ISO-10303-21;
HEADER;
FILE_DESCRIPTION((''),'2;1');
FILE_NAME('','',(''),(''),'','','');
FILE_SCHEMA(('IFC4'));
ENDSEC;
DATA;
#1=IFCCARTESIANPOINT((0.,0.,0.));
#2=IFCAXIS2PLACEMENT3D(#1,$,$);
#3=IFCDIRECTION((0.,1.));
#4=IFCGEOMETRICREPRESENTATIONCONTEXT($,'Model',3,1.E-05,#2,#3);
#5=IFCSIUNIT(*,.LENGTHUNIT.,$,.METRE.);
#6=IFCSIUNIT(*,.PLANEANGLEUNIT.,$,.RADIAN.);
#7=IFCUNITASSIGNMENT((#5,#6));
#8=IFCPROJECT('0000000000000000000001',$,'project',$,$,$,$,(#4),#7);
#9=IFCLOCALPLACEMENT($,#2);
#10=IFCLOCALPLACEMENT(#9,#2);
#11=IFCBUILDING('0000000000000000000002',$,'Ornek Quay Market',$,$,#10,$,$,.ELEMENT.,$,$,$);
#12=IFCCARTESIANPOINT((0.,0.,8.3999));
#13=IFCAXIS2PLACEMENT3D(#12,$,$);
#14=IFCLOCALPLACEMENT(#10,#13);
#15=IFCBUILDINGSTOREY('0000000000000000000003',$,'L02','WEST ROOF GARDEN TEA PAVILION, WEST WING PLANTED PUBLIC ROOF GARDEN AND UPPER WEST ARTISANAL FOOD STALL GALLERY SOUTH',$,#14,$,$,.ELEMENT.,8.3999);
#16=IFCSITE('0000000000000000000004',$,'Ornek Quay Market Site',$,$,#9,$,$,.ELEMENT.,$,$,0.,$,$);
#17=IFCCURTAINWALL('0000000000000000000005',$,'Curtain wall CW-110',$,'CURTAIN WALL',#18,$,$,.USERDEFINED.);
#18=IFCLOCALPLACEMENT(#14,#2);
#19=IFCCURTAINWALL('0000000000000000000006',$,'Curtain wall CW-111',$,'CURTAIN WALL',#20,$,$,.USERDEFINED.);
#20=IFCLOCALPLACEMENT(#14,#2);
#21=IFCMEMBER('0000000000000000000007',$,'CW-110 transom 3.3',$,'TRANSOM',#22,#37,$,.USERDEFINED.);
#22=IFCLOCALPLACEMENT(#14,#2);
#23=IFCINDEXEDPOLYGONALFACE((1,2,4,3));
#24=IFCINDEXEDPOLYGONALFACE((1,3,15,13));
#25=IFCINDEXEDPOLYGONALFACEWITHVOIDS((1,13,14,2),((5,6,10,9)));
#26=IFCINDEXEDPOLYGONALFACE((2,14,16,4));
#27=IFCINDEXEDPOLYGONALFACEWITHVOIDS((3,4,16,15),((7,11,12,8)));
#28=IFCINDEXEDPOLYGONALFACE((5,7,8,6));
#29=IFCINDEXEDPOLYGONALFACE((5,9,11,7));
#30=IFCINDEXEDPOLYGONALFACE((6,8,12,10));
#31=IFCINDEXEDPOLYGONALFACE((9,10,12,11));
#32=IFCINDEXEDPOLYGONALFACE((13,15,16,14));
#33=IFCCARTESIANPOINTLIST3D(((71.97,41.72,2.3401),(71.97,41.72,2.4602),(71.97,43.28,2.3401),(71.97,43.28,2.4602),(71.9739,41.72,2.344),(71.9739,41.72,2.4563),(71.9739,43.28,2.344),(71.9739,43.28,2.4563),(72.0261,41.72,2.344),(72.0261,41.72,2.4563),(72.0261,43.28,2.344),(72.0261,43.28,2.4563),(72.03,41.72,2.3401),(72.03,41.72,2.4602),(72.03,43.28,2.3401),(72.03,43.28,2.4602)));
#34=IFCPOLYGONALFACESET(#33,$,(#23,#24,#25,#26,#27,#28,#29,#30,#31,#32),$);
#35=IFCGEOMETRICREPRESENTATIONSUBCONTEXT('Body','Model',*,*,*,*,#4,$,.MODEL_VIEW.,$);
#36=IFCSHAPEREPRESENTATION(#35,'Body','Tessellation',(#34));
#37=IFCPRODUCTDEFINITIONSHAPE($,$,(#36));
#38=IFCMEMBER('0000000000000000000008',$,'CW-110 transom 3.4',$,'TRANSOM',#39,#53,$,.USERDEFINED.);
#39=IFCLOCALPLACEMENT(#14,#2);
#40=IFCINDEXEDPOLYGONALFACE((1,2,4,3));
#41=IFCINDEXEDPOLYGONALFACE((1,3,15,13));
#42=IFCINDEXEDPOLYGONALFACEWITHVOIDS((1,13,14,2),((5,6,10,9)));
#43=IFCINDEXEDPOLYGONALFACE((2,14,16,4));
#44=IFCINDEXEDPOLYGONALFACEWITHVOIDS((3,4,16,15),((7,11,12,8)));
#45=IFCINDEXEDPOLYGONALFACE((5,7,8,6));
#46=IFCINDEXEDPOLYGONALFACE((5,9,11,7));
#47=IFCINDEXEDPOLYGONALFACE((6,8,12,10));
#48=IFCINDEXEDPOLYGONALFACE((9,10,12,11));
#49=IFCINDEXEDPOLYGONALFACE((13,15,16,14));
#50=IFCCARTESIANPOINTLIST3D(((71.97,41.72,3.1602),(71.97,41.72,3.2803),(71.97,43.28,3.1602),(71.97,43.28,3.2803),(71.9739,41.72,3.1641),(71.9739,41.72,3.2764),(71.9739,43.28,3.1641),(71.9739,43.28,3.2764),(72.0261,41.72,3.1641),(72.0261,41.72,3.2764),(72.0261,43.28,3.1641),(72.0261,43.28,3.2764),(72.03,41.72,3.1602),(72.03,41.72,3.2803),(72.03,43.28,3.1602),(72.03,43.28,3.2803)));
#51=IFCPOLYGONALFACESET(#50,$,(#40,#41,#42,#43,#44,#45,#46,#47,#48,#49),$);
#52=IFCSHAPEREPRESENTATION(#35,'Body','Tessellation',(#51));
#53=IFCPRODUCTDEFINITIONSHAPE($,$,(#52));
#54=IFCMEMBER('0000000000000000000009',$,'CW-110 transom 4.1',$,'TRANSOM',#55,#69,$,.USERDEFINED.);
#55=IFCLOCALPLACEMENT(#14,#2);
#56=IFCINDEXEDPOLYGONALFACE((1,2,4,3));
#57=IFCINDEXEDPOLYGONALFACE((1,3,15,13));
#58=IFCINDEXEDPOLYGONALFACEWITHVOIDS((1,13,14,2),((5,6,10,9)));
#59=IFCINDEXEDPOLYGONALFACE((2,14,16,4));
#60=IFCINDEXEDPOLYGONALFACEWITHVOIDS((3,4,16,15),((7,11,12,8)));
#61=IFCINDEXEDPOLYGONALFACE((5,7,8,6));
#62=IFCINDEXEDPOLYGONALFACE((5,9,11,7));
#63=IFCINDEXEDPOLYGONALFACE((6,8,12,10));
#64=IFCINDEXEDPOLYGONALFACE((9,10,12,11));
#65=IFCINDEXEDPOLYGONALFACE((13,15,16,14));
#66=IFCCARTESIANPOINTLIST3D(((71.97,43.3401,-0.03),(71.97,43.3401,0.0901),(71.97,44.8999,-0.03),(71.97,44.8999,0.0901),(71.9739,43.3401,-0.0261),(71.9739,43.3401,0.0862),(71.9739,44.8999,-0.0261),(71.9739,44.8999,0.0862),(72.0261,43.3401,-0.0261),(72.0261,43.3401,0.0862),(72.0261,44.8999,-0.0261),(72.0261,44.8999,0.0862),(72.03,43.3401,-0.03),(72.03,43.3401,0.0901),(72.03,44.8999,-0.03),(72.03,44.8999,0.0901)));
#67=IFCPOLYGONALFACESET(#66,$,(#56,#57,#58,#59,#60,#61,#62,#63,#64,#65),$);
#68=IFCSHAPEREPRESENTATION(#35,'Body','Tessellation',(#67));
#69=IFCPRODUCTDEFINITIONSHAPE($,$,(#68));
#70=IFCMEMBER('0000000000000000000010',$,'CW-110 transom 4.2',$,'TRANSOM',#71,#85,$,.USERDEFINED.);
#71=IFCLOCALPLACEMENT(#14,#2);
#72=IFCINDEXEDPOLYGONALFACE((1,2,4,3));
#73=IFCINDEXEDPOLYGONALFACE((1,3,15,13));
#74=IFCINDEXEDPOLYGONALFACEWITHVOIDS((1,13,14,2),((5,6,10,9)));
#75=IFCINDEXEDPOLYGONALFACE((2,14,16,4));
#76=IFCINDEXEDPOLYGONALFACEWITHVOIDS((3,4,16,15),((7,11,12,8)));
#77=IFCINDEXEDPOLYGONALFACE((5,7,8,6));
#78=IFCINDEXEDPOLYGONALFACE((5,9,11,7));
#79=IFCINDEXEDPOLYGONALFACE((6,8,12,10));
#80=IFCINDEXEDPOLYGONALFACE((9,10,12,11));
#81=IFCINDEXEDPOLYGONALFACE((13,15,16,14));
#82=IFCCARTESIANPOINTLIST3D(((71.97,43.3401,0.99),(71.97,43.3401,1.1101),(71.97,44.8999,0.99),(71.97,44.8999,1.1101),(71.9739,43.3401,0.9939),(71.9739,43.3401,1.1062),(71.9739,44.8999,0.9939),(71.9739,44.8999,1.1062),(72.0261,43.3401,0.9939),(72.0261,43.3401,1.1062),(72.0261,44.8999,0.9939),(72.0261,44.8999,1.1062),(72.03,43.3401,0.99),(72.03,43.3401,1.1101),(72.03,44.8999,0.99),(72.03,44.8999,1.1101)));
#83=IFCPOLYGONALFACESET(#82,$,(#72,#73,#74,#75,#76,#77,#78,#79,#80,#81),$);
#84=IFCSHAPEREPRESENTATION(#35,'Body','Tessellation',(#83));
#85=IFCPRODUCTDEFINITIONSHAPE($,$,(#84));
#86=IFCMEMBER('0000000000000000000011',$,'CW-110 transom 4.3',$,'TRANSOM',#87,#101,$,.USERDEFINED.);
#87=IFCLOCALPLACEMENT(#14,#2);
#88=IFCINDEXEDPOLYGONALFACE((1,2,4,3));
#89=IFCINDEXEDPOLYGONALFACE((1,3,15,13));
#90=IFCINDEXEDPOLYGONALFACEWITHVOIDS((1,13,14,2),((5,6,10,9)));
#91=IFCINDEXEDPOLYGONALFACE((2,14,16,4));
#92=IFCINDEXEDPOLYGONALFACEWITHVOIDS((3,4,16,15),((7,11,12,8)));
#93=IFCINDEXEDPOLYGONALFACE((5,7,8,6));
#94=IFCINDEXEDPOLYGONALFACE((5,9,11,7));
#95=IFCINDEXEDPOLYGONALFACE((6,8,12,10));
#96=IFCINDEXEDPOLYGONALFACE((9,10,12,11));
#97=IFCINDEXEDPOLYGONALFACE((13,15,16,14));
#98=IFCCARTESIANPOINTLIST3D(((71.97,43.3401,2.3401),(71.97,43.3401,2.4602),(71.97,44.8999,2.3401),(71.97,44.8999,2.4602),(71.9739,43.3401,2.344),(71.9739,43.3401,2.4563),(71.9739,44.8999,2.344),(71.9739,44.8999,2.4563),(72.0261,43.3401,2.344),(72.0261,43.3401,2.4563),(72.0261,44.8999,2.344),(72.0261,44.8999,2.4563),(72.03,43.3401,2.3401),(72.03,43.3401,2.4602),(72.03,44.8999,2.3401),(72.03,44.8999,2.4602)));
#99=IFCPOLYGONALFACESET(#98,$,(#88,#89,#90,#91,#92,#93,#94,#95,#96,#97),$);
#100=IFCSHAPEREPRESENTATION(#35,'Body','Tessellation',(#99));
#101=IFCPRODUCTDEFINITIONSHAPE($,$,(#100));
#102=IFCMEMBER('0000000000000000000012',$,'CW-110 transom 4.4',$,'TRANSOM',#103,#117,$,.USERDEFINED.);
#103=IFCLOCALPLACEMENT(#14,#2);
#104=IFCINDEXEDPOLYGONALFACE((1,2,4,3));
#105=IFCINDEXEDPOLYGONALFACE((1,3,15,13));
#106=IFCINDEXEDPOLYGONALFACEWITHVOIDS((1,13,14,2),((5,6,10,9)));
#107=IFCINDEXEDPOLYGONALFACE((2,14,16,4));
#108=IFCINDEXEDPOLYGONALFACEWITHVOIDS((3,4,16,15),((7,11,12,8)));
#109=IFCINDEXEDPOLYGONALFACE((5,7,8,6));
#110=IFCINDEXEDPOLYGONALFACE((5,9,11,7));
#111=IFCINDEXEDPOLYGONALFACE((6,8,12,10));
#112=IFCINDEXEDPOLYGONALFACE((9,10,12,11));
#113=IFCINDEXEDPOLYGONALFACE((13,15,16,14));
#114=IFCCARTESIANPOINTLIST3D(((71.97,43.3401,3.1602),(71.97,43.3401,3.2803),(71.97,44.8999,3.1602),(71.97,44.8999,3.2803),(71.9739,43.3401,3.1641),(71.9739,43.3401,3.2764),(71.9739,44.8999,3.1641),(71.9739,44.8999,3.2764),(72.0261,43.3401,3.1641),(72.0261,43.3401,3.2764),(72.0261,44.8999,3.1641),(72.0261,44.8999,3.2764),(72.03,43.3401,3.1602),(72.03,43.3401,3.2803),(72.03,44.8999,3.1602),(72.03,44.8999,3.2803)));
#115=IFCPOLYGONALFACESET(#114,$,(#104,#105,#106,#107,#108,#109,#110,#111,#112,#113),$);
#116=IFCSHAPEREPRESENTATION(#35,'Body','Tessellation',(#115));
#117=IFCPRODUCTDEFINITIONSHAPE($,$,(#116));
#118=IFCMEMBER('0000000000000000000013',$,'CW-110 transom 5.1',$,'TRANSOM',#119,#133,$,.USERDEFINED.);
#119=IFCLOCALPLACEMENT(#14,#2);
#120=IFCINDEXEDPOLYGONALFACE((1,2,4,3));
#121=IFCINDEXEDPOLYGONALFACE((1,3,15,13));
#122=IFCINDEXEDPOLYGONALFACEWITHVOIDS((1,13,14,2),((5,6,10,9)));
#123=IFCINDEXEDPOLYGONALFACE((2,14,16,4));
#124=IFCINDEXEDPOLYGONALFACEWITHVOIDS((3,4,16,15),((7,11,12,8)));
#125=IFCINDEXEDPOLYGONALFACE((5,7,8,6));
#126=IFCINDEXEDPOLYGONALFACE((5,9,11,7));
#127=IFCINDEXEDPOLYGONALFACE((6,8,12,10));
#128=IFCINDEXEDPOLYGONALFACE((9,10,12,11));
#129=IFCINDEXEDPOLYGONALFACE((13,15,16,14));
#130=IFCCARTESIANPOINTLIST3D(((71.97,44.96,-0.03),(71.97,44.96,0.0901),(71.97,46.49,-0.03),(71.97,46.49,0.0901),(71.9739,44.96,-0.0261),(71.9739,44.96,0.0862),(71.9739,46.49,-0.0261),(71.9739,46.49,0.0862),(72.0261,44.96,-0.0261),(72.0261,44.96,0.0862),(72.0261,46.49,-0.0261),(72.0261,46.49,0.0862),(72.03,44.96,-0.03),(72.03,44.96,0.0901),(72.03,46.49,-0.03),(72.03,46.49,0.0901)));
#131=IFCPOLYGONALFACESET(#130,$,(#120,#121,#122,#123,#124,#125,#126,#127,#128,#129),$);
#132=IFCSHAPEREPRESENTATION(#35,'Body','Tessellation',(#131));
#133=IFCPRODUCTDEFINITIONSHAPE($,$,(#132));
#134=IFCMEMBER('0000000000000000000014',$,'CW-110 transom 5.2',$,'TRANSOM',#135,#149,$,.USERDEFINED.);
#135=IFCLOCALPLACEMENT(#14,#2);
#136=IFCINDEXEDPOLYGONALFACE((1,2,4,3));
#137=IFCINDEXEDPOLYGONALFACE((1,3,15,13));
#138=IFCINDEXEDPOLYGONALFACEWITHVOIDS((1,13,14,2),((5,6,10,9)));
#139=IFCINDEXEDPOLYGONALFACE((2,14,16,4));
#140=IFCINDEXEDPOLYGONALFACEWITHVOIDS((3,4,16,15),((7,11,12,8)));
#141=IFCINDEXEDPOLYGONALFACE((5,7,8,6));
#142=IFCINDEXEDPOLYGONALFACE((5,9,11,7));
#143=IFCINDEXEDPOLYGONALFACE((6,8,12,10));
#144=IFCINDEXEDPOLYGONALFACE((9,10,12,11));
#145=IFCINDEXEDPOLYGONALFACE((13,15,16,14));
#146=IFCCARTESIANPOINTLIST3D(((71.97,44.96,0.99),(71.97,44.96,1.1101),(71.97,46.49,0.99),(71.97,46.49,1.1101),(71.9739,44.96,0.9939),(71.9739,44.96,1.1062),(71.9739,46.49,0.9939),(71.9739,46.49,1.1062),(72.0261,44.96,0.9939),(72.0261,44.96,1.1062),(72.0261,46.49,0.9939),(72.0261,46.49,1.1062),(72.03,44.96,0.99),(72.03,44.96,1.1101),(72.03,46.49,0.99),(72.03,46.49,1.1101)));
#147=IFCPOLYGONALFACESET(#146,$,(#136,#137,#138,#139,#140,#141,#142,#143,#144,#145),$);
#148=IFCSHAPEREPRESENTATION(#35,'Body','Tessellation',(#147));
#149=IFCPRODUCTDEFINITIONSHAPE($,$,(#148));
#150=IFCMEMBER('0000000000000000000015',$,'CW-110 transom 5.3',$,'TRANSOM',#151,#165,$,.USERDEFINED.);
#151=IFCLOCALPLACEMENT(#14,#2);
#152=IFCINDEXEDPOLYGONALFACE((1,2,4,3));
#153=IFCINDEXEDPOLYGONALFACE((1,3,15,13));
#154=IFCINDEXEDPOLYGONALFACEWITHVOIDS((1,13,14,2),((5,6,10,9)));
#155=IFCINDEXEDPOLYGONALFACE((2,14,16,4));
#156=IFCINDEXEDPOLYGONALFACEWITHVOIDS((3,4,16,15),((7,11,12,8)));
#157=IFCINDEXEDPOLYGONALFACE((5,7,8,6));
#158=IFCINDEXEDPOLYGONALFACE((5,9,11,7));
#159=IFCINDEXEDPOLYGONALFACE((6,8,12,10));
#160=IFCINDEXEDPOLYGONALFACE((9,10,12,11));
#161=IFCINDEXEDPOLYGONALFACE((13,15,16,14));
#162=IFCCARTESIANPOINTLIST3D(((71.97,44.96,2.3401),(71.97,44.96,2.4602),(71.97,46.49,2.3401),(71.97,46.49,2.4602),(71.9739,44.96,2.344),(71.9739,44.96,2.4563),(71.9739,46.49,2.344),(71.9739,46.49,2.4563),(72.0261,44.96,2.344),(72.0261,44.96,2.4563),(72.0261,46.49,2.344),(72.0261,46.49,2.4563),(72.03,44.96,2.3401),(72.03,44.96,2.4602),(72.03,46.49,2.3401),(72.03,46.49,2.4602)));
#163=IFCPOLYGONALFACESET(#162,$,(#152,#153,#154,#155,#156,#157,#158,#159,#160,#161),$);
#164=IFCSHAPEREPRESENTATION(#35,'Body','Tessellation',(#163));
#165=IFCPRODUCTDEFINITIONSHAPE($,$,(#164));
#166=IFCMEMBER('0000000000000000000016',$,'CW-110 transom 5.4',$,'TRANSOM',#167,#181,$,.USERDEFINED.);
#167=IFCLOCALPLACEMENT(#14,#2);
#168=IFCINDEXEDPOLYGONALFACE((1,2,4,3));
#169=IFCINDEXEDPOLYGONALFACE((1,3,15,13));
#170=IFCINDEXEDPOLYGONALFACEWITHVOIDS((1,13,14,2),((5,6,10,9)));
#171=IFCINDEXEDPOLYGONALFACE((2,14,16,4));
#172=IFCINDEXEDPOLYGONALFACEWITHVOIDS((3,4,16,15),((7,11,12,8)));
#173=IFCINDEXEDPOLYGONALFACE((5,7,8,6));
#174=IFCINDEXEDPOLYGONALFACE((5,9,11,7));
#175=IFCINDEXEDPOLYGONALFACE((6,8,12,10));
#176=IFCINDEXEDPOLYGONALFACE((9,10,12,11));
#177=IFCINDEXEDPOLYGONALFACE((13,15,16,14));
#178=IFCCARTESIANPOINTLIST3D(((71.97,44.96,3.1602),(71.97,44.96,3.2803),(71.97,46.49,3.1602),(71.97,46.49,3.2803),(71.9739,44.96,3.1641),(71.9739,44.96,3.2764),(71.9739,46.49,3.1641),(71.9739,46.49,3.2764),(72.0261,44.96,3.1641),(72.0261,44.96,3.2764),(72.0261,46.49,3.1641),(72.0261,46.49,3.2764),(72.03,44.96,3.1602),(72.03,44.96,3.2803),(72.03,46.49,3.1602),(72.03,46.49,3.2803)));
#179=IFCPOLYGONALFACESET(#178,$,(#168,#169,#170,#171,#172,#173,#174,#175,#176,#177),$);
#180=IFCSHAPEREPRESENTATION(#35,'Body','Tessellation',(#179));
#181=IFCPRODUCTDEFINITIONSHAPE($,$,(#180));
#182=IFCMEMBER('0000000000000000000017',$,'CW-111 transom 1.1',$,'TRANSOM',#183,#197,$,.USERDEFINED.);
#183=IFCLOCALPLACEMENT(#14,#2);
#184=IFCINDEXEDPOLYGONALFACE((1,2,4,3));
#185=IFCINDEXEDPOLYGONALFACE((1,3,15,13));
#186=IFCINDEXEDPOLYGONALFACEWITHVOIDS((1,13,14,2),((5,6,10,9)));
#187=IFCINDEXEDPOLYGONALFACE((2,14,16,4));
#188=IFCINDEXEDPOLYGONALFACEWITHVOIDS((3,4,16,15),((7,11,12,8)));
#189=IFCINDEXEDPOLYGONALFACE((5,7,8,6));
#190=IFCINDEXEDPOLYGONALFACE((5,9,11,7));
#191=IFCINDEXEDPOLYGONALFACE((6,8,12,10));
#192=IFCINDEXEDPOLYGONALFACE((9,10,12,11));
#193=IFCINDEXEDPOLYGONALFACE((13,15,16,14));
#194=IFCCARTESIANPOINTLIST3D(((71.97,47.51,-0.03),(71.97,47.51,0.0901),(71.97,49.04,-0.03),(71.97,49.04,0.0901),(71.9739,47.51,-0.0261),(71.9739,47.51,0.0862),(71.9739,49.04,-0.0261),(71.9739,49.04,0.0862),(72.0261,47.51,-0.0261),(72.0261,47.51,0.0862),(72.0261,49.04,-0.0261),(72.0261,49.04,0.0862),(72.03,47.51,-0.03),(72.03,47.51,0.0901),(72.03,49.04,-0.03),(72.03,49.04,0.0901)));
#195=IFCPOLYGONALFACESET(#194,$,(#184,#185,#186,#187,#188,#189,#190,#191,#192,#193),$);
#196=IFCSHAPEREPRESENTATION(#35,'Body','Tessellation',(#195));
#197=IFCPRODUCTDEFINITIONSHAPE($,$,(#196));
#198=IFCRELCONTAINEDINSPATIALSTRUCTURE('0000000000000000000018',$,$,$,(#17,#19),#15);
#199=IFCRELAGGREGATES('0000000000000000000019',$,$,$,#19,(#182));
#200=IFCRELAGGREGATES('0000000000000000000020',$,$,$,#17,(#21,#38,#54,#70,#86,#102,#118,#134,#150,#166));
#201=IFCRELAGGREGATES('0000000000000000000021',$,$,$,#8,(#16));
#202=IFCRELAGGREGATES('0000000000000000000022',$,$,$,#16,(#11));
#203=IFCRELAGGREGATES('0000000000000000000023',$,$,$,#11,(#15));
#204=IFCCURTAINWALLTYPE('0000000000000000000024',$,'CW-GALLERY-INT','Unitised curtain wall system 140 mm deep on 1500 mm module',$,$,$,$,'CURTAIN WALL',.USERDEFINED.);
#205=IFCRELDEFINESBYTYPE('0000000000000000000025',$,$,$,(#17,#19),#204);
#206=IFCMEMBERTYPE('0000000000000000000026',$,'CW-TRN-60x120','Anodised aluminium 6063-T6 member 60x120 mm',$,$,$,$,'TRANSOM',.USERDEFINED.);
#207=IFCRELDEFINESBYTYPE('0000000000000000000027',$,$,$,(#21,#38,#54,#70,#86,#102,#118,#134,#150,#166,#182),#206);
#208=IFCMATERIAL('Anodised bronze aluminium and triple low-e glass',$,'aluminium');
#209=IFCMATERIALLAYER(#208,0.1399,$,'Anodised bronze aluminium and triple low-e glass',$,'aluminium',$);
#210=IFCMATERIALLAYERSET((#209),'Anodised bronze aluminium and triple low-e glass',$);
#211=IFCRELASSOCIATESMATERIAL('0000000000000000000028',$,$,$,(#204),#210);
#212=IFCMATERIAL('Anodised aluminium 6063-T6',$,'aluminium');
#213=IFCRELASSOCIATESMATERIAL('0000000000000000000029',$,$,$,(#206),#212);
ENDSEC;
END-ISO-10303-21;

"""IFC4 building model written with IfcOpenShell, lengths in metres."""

from ifc_helpers import new_model, si_unit, direction, frame, origin, origin_2d, place, context, subcontext, project, spatial, hollow_rectangle, extrude, material, layer, layer_set, material_profile, profile_set, type_object, element, aggregate, save


model = new_model("IFC4")

# Units and contexts
model_context = context("Model", 3, precision=1e-05, world=origin(), true_north=direction((0.0, 1.0)))
body_context = subcontext(model_context, "Body", "Model", "MODEL_VIEW")
ifc_project = project(units=[si_unit("LENGTHUNIT", "METRE"), si_unit("PLANEANGLEUNIT", "RADIAN")], contexts=[model_context])

# Site, building, storey
site_placement = place(None, origin())
site = spatial("IfcSite", under=ifc_project, at=site_placement, Name="Ornek Quay Market Site", CompositionType="ELEMENT", RefElevation=0.0)
building_placement = place(site_placement, origin())
building = spatial("IfcBuilding", under=site, at=building_placement, Name="Ornek Quay Market", CompositionType="ELEMENT")
storey_placement = place(building_placement, frame((0.0, 0.0, 8.3999)))
storey = spatial("IfcBuildingStorey", under=building, at=storey_placement, Name="L02", Description="WEST ROOF GARDEN TEA PAVILION, WEST WING PLANTED PUBLIC ROOF GARDEN AND UPPER WEST ARTISANAL FOOD STALL GALLERY SOUTH", CompositionType="ELEMENT", Elevation=8.3999)

# Curtain wall
ifc_material_1 = material(Name="Anodised bronze aluminium and triple low-e glass", Category="aluminium")
ifc_layer_1 = layer(ifc_material_1, 0.1399, Name="Anodised bronze aluminium and triple low-e glass", Category="aluminium")
ifc_layer_set_1 = layer_set([ifc_layer_1], Name="Anodised bronze aluminium and triple low-e glass")
curtain_wall_type = type_object("IfcCurtainWallType", Name="CW-GALLERY-INT", Description="Unitised curtain wall system 140 mm deep on 1500 mm module", ElementType="CURTAIN WALL", PredefinedType="USERDEFINED", material=ifc_layer_set_1)
curtain_wall_1_placement = place(storey_placement, origin())
curtain_wall_1 = element("IfcCurtainWall", 1, at=curtain_wall_1_placement, inside=storey, type_object=curtain_wall_type, Name="Curtain wall CW-110", ObjectType="CURTAIN WALL", PredefinedType="USERDEFINED")
ifc_material_2 = material(Name="Anodised aluminium 6063-T6", Category="aluminium")

# Curtain wall
curtain_wall_2_placement = place(storey_placement, origin())
curtain_wall_2 = element("IfcCurtainWall", 2, at=curtain_wall_2_placement, inside=storey, type_object=curtain_wall_type, Name="Curtain wall CW-111", ObjectType="CURTAIN WALL", PredefinedType="USERDEFINED")

# Members
ifc_material_profile_1 = material_profile(ifc_material_2, hollow_rectangle(XDim=0.0601, YDim=0.1201, WallThickness=0.0039, at=origin_2d()), Name="CW-TRN-60x120", Category="aluminium")
ifc_profile_set_1 = profile_set([ifc_material_profile_1], Name="Anodised aluminium 6063-T6")
member_type_1 = type_object("IfcMemberType", Name="CW-TRN-60x120", Description="Anodised aluminium 6063-T6 member 60x120 mm", ElementType="TRANSOM", PredefinedType="USERDEFINED", material=ifc_profile_set_1)
member_1_placement = place(storey_placement, frame((72.0, 41.72, 2.4001), z_axis=(0.0, 1.0, 0.0), x_axis=(-1.0, 0.0, 0.0)))
member_1 = element("IfcMember", 3, at=member_1_placement, type_object=member_type_1, Name="CW-110 transom 3.3", ObjectType="TRANSOM", PredefinedType="USERDEFINED", context=body_context, shape_type="SweptSolid", body=[
    extrude(hollow_rectangle(XDim=0.0601, YDim=0.1201, WallThickness=0.0039, at=origin_2d()), origin(), (0.0, 0.0, 1.0), 1.5601),
])
member_2_placement = place(storey_placement, frame((72.0, 41.72, 3.2202), z_axis=(0.0, 1.0, 0.0), x_axis=(-1.0, 0.0, 0.0)))
member_2 = element("IfcMember", 4, at=member_2_placement, type_object=member_type_1, Name="CW-110 transom 3.4", ObjectType="TRANSOM", PredefinedType="USERDEFINED", context=body_context, shape_type="SweptSolid", body=[
    extrude(hollow_rectangle(XDim=0.0601, YDim=0.1201, WallThickness=0.0039, at=origin_2d()), origin(), (0.0, 0.0, 1.0), 1.5601),
])
member_3_placement = place(storey_placement, frame((72.0, 43.3401, 0.03), z_axis=(0.0, 1.0, 0.0), x_axis=(-1.0, 0.0, 0.0)))
member_3 = element("IfcMember", 5, at=member_3_placement, type_object=member_type_1, Name="CW-110 transom 4.1", ObjectType="TRANSOM", PredefinedType="USERDEFINED", context=body_context, shape_type="SweptSolid", body=[
    extrude(hollow_rectangle(XDim=0.0601, YDim=0.1201, WallThickness=0.0039, at=origin_2d()), origin(), (0.0, 0.0, 1.0), 1.5598),
])
member_4_placement = place(storey_placement, frame((72.0, 43.3401, 1.05), z_axis=(0.0, 1.0, 0.0), x_axis=(-1.0, 0.0, 0.0)))
member_4 = element("IfcMember", 6, at=member_4_placement, type_object=member_type_1, Name="CW-110 transom 4.2", ObjectType="TRANSOM", PredefinedType="USERDEFINED", context=body_context, shape_type="SweptSolid", body=[
    extrude(hollow_rectangle(XDim=0.0601, YDim=0.1201, WallThickness=0.0039, at=origin_2d()), origin(), (0.0, 0.0, 1.0), 1.5598),
])
member_5_placement = place(storey_placement, frame((72.0, 43.3401, 2.4001), z_axis=(0.0, 1.0, 0.0), x_axis=(-1.0, 0.0, 0.0)))
member_5 = element("IfcMember", 7, at=member_5_placement, type_object=member_type_1, Name="CW-110 transom 4.3", ObjectType="TRANSOM", PredefinedType="USERDEFINED", context=body_context, shape_type="SweptSolid", body=[
    extrude(hollow_rectangle(XDim=0.0601, YDim=0.1201, WallThickness=0.0039, at=origin_2d()), origin(), (0.0, 0.0, 1.0), 1.5598),
])
member_6_placement = place(storey_placement, frame((72.0, 43.3401, 3.2202), z_axis=(0.0, 1.0, 0.0), x_axis=(-1.0, 0.0, 0.0)))
member_6 = element("IfcMember", 8, at=member_6_placement, type_object=member_type_1, Name="CW-110 transom 4.4", ObjectType="TRANSOM", PredefinedType="USERDEFINED", context=body_context, shape_type="SweptSolid", body=[
    extrude(hollow_rectangle(XDim=0.0601, YDim=0.1201, WallThickness=0.0039, at=origin_2d()), origin(), (0.0, 0.0, 1.0), 1.5598),
])
member_7_placement = place(storey_placement, frame((72.0, 44.96, 0.03), z_axis=(0.0, 1.0, 0.0), x_axis=(-1.0, 0.0, 0.0)))
member_7 = element("IfcMember", 9, at=member_7_placement, type_object=member_type_1, Name="CW-110 transom 5.1", ObjectType="TRANSOM", PredefinedType="USERDEFINED", context=body_context, shape_type="SweptSolid", body=[
    extrude(hollow_rectangle(XDim=0.0601, YDim=0.1201, WallThickness=0.0039, at=origin_2d()), origin(), (0.0, 0.0, 1.0), 1.53),
])
member_8_placement = place(storey_placement, frame((72.0, 44.96, 1.05), z_axis=(0.0, 1.0, 0.0), x_axis=(-1.0, 0.0, 0.0)))
member_8 = element("IfcMember", 10, at=member_8_placement, type_object=member_type_1, Name="CW-110 transom 5.2", ObjectType="TRANSOM", PredefinedType="USERDEFINED", context=body_context, shape_type="SweptSolid", body=[
    extrude(hollow_rectangle(XDim=0.0601, YDim=0.1201, WallThickness=0.0039, at=origin_2d()), origin(), (0.0, 0.0, 1.0), 1.53),
])
member_9_placement = place(storey_placement, frame((72.0, 44.96, 2.4001), z_axis=(0.0, 1.0, 0.0), x_axis=(-1.0, 0.0, 0.0)))
member_9 = element("IfcMember", 11, at=member_9_placement, type_object=member_type_1, Name="CW-110 transom 5.3", ObjectType="TRANSOM", PredefinedType="USERDEFINED", context=body_context, shape_type="SweptSolid", body=[
    extrude(hollow_rectangle(XDim=0.0601, YDim=0.1201, WallThickness=0.0039, at=origin_2d()), origin(), (0.0, 0.0, 1.0), 1.53),
])
member_10_placement = place(storey_placement, frame((72.0, 44.96, 3.2202), z_axis=(0.0, 1.0, 0.0), x_axis=(-1.0, 0.0, 0.0)))
member_10 = element("IfcMember", 12, at=member_10_placement, type_object=member_type_1, Name="CW-110 transom 5.4", ObjectType="TRANSOM", PredefinedType="USERDEFINED", context=body_context, shape_type="SweptSolid", body=[
    extrude(hollow_rectangle(XDim=0.0601, YDim=0.1201, WallThickness=0.0039, at=origin_2d()), origin(), (0.0, 0.0, 1.0), 1.53),
])
member_11_placement = place(storey_placement, frame((72.0, 47.51, 0.03), z_axis=(0.0, 1.0, 0.0), x_axis=(-1.0, 0.0, 0.0)))
member_11 = element("IfcMember", 13, at=member_11_placement, type_object=member_type_1, Name="CW-111 transom 1.1", ObjectType="TRANSOM", PredefinedType="USERDEFINED", context=body_context, shape_type="SweptSolid", body=[
    extrude(hollow_rectangle(XDim=0.0601, YDim=0.1201, WallThickness=0.0039, at=origin_2d()), origin(), (0.0, 0.0, 1.0), 1.53),
])
aggregate(curtain_wall_2, [member_11])

aggregate(curtain_wall_1, [member_1, member_2, member_3, member_4, member_5, member_6, member_7, member_8, member_9, member_10])

save(model, "model.ifc")
